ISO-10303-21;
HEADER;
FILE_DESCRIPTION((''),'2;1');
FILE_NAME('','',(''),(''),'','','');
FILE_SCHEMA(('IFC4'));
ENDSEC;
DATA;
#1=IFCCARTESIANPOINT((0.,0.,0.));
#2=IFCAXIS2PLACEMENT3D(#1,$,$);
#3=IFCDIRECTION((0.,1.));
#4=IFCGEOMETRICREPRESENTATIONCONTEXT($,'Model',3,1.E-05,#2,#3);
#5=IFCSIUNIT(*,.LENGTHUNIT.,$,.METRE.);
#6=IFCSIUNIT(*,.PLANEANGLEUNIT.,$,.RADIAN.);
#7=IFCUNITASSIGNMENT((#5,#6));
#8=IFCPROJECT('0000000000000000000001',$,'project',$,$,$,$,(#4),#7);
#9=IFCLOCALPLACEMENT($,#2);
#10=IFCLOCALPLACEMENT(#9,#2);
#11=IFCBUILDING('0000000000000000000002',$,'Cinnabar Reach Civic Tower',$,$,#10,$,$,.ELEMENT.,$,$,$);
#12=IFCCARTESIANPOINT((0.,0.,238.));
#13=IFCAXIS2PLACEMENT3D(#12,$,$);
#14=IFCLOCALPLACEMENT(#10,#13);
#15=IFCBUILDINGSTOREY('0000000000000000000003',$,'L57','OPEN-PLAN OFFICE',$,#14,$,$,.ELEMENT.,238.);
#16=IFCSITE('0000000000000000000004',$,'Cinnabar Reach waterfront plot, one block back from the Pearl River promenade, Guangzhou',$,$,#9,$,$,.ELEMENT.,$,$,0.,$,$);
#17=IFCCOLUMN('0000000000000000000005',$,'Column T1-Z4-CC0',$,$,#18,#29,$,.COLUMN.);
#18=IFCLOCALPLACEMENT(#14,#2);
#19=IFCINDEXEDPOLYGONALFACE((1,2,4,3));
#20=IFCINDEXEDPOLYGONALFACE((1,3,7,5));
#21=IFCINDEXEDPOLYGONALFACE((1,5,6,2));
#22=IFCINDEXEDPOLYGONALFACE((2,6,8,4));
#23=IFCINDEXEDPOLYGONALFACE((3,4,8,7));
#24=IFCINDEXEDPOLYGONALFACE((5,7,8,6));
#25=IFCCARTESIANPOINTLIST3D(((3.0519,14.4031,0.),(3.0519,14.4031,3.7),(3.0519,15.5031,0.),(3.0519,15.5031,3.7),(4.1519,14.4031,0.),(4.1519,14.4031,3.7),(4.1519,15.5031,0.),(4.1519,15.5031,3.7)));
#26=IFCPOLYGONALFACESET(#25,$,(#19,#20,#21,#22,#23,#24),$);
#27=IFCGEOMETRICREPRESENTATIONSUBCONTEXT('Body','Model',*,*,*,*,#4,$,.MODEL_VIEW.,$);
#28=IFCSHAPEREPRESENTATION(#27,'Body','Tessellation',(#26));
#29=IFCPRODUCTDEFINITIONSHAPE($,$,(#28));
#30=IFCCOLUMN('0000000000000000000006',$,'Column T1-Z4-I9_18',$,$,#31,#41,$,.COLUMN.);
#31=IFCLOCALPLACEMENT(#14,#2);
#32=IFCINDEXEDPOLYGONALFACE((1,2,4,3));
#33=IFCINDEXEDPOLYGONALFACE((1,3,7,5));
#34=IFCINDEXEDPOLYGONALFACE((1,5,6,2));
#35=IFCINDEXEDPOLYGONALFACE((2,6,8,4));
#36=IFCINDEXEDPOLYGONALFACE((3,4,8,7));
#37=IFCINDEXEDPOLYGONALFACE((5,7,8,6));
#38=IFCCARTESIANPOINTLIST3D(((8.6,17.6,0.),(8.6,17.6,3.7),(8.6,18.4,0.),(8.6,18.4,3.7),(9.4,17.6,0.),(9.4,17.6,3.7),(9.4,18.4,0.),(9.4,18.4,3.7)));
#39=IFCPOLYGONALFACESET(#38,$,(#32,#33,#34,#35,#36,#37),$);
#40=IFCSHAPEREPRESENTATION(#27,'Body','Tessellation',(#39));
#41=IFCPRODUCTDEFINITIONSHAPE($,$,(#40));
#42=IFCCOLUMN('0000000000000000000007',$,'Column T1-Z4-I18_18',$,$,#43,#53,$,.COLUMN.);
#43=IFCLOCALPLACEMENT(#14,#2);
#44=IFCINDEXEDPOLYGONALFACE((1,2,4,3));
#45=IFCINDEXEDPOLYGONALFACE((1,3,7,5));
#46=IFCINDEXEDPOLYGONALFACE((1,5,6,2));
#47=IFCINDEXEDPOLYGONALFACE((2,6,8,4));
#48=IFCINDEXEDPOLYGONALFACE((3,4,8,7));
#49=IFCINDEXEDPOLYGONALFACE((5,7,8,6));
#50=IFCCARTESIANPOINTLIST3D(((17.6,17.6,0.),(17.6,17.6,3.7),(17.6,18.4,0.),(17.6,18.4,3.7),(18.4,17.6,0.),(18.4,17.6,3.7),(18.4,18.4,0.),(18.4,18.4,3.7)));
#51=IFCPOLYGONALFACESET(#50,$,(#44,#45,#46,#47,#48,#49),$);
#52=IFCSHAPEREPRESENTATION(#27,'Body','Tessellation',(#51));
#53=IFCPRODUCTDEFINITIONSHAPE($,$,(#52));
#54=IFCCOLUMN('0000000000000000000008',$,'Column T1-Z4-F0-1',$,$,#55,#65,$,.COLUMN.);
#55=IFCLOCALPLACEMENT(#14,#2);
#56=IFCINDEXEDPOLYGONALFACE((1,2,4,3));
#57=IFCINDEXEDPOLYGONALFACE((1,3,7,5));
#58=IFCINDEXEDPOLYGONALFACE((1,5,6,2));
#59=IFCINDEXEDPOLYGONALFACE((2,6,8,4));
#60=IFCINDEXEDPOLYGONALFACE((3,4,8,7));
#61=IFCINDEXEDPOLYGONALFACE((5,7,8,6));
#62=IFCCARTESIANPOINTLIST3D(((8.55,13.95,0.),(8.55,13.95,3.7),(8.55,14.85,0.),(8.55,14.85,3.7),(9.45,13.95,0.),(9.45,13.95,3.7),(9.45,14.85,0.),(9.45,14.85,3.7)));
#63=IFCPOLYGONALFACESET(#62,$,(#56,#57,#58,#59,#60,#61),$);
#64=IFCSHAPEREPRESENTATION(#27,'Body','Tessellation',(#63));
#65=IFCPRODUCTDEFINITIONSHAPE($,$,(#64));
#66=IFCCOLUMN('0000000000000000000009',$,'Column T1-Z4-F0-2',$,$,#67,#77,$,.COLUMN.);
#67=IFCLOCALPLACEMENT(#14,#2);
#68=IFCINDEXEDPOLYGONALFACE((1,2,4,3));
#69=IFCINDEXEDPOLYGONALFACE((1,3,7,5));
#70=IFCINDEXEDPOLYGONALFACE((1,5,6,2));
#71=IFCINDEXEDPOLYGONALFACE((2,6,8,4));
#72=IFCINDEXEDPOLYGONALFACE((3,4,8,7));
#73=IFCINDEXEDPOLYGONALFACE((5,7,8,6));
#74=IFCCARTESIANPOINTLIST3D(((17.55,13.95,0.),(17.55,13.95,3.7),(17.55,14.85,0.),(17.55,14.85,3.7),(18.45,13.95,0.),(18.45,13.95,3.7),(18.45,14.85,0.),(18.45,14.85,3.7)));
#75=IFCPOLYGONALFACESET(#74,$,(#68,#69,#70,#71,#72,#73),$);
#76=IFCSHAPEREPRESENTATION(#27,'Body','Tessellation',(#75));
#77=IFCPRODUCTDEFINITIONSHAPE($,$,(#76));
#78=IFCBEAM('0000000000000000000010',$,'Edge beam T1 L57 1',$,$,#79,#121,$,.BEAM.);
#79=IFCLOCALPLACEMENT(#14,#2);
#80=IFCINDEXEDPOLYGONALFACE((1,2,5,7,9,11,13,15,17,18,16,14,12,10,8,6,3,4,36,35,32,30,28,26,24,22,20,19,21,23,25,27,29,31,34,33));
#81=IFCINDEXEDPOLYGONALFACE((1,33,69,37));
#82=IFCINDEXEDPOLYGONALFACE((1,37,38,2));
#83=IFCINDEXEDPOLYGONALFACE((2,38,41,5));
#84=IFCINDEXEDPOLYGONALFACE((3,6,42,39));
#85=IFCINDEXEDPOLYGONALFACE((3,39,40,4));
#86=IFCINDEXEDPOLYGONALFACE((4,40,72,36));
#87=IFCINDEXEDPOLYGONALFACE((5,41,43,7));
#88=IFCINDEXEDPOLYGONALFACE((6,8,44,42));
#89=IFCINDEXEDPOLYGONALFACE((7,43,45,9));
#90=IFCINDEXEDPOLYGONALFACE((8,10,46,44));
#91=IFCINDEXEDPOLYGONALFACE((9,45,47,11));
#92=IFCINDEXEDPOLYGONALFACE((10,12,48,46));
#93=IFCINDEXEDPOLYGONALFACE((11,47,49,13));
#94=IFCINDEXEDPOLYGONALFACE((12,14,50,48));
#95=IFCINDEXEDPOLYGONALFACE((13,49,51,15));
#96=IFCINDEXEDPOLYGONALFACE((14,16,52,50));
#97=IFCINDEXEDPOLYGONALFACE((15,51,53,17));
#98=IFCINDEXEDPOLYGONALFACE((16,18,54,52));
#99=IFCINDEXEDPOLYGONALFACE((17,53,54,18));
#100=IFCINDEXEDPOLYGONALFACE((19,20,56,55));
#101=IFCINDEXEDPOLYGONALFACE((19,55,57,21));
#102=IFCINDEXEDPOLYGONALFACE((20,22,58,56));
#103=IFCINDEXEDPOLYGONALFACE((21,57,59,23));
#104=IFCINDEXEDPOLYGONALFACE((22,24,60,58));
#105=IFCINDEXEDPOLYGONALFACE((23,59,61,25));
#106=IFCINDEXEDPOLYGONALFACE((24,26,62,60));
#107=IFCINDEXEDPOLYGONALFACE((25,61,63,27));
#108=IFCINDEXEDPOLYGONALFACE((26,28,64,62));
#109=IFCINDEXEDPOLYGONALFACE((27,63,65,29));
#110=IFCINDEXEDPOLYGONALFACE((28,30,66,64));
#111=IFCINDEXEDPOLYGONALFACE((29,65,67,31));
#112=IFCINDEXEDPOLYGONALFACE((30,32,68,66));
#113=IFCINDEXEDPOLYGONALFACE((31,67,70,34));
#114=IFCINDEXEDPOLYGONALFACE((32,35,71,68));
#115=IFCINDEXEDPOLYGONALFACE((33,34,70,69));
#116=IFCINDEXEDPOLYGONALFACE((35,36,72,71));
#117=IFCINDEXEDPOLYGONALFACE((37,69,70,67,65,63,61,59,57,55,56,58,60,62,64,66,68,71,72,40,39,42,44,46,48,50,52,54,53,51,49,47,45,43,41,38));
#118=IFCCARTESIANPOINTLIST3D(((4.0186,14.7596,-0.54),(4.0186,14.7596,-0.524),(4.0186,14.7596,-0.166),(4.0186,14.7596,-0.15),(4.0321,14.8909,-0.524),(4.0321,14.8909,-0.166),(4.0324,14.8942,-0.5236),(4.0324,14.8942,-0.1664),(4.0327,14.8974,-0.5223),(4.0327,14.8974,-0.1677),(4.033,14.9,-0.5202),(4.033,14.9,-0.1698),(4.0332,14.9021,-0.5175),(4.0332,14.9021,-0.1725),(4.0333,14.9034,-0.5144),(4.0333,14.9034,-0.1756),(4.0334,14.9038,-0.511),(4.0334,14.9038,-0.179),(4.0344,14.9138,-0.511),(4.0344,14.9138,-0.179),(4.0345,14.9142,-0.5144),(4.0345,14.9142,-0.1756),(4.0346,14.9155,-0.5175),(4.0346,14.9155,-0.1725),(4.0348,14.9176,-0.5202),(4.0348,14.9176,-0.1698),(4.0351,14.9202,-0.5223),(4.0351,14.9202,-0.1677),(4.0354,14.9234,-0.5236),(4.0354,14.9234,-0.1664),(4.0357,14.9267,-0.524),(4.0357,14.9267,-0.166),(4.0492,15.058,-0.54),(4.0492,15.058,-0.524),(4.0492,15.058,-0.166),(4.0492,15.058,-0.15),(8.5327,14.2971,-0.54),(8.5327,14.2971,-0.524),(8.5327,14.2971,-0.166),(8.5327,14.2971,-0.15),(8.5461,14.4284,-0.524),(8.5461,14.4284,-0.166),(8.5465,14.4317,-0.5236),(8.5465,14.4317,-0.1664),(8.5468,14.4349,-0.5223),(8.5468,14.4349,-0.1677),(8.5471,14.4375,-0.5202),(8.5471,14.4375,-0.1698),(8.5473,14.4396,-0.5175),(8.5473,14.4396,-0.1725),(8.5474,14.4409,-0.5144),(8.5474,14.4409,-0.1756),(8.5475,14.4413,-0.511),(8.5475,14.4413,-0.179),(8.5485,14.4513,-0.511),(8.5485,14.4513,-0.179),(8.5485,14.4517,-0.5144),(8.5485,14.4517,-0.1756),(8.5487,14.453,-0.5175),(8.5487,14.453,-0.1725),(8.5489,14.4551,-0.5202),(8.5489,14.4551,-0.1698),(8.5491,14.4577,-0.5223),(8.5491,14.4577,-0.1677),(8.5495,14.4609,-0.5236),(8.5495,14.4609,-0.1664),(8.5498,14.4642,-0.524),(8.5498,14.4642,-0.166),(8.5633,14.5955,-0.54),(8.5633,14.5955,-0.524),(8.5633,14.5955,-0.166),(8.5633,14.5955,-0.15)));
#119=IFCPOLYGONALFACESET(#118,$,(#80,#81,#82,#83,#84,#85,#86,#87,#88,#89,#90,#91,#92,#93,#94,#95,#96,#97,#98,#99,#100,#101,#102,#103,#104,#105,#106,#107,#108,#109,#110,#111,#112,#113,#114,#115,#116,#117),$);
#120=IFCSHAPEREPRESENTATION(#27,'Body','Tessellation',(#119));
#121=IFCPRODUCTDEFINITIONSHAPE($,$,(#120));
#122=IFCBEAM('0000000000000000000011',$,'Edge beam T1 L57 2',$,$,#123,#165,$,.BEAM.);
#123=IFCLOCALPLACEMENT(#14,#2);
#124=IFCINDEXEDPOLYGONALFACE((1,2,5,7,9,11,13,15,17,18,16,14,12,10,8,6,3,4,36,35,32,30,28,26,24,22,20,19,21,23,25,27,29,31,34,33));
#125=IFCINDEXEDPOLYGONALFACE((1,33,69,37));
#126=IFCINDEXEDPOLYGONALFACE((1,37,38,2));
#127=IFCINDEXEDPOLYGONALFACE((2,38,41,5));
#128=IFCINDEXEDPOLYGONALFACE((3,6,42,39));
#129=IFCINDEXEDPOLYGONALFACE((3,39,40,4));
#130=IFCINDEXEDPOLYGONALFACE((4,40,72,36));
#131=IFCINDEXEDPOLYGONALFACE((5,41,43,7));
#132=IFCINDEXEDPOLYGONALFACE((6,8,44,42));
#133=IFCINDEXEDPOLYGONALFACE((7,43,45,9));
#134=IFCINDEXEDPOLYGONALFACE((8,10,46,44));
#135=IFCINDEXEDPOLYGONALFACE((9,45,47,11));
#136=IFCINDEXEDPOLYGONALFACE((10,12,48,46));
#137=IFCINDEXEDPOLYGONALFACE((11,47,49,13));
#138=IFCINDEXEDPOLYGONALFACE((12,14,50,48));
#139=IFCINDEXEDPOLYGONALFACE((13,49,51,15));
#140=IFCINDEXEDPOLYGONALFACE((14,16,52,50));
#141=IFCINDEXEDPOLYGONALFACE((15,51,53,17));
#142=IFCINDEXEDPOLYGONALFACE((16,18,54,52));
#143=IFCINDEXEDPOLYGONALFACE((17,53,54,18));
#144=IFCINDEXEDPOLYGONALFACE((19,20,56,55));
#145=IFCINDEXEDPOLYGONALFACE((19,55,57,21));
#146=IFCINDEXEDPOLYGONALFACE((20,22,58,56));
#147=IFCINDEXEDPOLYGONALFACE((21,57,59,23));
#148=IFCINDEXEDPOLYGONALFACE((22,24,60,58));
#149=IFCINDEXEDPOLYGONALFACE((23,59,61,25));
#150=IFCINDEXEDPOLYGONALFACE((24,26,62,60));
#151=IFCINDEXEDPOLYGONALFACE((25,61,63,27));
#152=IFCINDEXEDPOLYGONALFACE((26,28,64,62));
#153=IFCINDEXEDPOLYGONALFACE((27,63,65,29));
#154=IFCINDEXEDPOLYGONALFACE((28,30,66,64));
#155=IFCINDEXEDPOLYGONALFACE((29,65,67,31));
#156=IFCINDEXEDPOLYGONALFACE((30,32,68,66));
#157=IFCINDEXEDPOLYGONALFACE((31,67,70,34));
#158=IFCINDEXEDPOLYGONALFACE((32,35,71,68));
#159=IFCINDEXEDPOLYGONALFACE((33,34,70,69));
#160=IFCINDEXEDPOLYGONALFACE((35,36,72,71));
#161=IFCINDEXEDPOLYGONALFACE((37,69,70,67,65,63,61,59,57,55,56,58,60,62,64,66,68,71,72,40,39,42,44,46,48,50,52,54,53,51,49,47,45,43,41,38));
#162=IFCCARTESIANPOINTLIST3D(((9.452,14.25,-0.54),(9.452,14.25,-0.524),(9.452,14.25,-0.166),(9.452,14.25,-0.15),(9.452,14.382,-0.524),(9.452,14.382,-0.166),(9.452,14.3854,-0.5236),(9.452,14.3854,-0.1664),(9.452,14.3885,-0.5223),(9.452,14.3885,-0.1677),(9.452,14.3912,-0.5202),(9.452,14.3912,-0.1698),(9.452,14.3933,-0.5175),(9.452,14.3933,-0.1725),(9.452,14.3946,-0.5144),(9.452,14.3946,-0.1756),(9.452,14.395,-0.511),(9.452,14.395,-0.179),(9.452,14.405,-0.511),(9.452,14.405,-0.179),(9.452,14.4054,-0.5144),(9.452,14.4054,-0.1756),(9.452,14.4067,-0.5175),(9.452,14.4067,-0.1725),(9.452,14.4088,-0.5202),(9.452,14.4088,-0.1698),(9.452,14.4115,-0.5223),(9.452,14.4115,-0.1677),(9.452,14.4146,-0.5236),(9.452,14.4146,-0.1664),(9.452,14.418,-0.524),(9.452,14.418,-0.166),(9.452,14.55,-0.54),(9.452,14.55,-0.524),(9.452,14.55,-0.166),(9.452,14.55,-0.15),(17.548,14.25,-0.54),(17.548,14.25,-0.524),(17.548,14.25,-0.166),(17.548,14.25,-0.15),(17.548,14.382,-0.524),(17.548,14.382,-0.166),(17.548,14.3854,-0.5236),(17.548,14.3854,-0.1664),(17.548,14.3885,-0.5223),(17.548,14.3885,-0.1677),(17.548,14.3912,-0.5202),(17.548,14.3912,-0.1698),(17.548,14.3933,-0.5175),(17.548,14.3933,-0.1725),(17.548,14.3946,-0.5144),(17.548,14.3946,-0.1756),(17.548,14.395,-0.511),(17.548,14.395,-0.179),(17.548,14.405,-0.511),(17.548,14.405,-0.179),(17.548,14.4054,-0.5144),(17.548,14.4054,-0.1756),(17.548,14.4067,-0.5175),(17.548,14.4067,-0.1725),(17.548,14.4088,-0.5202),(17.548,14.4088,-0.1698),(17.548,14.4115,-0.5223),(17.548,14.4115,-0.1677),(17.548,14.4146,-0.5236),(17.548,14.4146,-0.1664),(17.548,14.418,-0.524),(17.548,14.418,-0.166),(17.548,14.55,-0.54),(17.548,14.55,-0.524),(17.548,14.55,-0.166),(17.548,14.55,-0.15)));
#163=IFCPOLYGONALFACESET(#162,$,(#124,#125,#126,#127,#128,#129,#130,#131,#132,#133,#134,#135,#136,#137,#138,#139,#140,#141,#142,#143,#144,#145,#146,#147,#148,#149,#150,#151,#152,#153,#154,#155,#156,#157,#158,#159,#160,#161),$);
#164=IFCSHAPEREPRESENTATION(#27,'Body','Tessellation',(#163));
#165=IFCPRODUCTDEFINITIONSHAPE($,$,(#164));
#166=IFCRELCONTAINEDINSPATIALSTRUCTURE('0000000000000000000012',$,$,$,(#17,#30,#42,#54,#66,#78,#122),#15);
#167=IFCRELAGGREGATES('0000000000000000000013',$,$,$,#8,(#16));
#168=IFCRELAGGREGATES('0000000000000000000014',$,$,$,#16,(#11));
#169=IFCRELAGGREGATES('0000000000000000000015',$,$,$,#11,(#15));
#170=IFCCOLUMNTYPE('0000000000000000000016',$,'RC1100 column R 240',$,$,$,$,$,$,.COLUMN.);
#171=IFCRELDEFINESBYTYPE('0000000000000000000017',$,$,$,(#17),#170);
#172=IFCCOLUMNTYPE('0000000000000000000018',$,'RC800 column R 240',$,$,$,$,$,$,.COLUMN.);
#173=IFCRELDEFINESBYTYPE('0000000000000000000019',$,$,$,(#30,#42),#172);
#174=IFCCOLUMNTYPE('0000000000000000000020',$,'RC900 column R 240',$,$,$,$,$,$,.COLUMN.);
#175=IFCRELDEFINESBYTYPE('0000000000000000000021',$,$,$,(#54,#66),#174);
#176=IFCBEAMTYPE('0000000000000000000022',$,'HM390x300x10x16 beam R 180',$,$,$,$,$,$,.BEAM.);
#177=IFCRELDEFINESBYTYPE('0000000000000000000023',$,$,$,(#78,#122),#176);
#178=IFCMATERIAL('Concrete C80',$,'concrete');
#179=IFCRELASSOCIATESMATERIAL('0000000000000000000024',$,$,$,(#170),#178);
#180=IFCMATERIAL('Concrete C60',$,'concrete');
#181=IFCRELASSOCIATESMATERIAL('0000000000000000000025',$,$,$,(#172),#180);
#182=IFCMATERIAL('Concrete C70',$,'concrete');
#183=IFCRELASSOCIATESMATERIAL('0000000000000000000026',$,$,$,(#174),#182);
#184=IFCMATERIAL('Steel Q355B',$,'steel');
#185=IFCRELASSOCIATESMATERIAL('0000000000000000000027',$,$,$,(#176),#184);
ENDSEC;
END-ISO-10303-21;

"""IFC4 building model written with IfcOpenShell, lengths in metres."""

from ifc_helpers import new_model, si_unit, direction, frame, origin, origin_2d, place, context, subcontext, project, spatial, rectangle, i_section, extrude, material, material_profile, profile_set, type_object, element, save


model = new_model("IFC4")

# Units and contexts
model_context = context("Model", 3, precision=1e-05, world=origin(), true_north=direction((0.0, 1.0)))
body_context = subcontext(model_context, "Body", "Model", "MODEL_VIEW")
ifc_project = project(units=[si_unit("LENGTHUNIT", "METRE"), si_unit("PLANEANGLEUNIT", "RADIAN")], contexts=[model_context])

# Site, building, storey
site_placement = place(None, origin())
site = spatial("IfcSite", under=ifc_project, at=site_placement, Name="Cinnabar Reach waterfront plot, one block back from the Pearl River promenade, Guangzhou", CompositionType="ELEMENT", RefElevation=0.0)
building_placement = place(site_placement, origin())
building = spatial("IfcBuilding", under=site, at=building_placement, Name="Cinnabar Reach Civic Tower", CompositionType="ELEMENT")
storey_placement = place(building_placement, frame((0.0, 0.0, 238.0)))
storey = spatial("IfcBuildingStorey", under=building, at=storey_placement, Name="L57", Description="OPEN-PLAN OFFICE", CompositionType="ELEMENT", Elevation=238.0)

# Columns
ifc_material_1 = material(Name="Concrete C80", Category="concrete")
ifc_material_profile_1 = material_profile(ifc_material_1, rectangle(XDim=1.1, YDim=1.1, at=origin_2d()), Name="RC1100")
ifc_profile_set_1 = profile_set([ifc_material_profile_1], Name="Concrete C80")
column_type_1 = type_object("IfcColumnType", Name="RC1100 column R 240", PredefinedType="COLUMN", material=ifc_profile_set_1)
column_placement = place(storey_placement, frame((3.6019, 14.9531, 0.0), z_axis=(0.0, 0.0, 1.0), x_axis=(1.0, 0.0, 0.0)))
element("IfcColumn", 1, at=column_placement, inside=storey, type_object=column_type_1, Name="Column T1-Z4-CC0", PredefinedType="COLUMN", context=body_context, shape_type="SweptSolid", body=[
    extrude(rectangle(XDim=1.1, YDim=1.1, at=origin_2d()), origin(), (0.0, 0.0, 1.0), 3.7),
])
ifc_material_2 = material(Name="Concrete C60", Category="concrete")
ifc_material_profile_2 = material_profile(ifc_material_2, rectangle(XDim=0.8, YDim=0.8, at=origin_2d()), Name="RC800")
ifc_profile_set_2 = profile_set([ifc_material_profile_2], Name="Concrete C60")
column_type_2 = type_object("IfcColumnType", Name="RC800 column R 240", PredefinedType="COLUMN", material=ifc_profile_set_2)
for number, where, z_axis, x_axis, name in (
    (2, (9.0, 18.0, 0.0), (0.0, 0.0, 1.0), (1.0, 0.0, 0.0), "Column T1-Z4-I9_18"),
    (3, (18.0, 18.0, 0.0), (0.0, 0.0, 1.0), (1.0, 0.0, 0.0), "Column T1-Z4-I18_18"),
):
    element("IfcColumn", number, at=place(storey_placement, frame(where, z_axis=z_axis, x_axis=x_axis)), inside=storey, type_object=column_type_2, Name=name, PredefinedType="COLUMN", context=body_context, shape_type="SweptSolid", body=[
        extrude(rectangle(XDim=0.8, YDim=0.8, at=origin_2d()), origin(), (0.0, 0.0, 1.0), 3.7),
    ])
ifc_material_3 = material(Name="Concrete C70", Category="concrete")
ifc_material_profile_3 = material_profile(ifc_material_3, rectangle(XDim=0.9, YDim=0.9, at=origin_2d()), Name="RC900")
ifc_profile_set_3 = profile_set([ifc_material_profile_3], Name="Concrete C70")
column_type_3 = type_object("IfcColumnType", Name="RC900 column R 240", PredefinedType="COLUMN", material=ifc_profile_set_3)
for number, where, z_axis, x_axis, name in (
    (4, (9.0, 14.4, 0.0), (0.0, 0.0, 1.0), (1.0, 0.0, 0.0), "Column T1-Z4-F0-1"),
    (5, (18.0, 14.4, 0.0), (0.0, 0.0, 1.0), (1.0, 0.0, 0.0), "Column T1-Z4-F0-2"),
):
    element("IfcColumn", number, at=place(storey_placement, frame(where, z_axis=z_axis, x_axis=x_axis)), inside=storey, type_object=column_type_3, Name=name, PredefinedType="COLUMN", context=body_context, shape_type="SweptSolid", body=[
        extrude(rectangle(XDim=0.9, YDim=0.9, at=origin_2d()), origin(), (0.0, 0.0, 1.0), 3.7),
    ])

# Beams
ifc_material_4 = material(Name="Steel Q355B", Category="steel")
ifc_material_profile_4 = material_profile(ifc_material_4, i_section(OverallWidth=0.3, OverallDepth=0.39, WebThickness=0.01, FlangeThickness=0.016, FilletRadius=0.013, at=origin_2d()), Name="HM390x300x10x16")
ifc_profile_set_4 = profile_set([ifc_material_profile_4], Name="Steel Q355B")
beam_type_1 = type_object("IfcBeamType", Name="HM390x300x10x16 beam R 180", PredefinedType="BEAM", material=ifc_profile_set_4)
beam_1_placement = place(storey_placement, frame((4.0339, 14.9088, -0.345), z_axis=(0.994792, -0.101923, 0.0), x_axis=(0.101923, 0.994792, 0.0)))
element("IfcBeam", 6, at=beam_1_placement, inside=storey, type_object=beam_type_1, Name="Edge beam T1 L57 1", PredefinedType="BEAM", context=body_context, shape_type="SweptSolid", body=[
    extrude(i_section(OverallWidth=0.3, OverallDepth=0.39, WebThickness=0.01, FlangeThickness=0.016, FilletRadius=0.013, at=origin_2d()), origin(), (0.0, 0.0, 1.0), 4.5377),
])
beam_2_placement = place(storey_placement, frame((9.452, 14.4, -0.345), z_axis=(1.0, 0.0, 0.0), x_axis=(0.0, 1.0, 0.0)))
element("IfcBeam", 7, at=beam_2_placement, inside=storey, type_object=beam_type_1, Name="Edge beam T1 L57 2", PredefinedType="BEAM", context=body_context, shape_type="SweptSolid", body=[
    extrude(i_section(OverallWidth=0.3, OverallDepth=0.39, WebThickness=0.01, FlangeThickness=0.016, FilletRadius=0.013, at=origin_2d()), origin(), (0.0, 0.0, 1.0), 8.096),
])

save(model, "model.ifc")
